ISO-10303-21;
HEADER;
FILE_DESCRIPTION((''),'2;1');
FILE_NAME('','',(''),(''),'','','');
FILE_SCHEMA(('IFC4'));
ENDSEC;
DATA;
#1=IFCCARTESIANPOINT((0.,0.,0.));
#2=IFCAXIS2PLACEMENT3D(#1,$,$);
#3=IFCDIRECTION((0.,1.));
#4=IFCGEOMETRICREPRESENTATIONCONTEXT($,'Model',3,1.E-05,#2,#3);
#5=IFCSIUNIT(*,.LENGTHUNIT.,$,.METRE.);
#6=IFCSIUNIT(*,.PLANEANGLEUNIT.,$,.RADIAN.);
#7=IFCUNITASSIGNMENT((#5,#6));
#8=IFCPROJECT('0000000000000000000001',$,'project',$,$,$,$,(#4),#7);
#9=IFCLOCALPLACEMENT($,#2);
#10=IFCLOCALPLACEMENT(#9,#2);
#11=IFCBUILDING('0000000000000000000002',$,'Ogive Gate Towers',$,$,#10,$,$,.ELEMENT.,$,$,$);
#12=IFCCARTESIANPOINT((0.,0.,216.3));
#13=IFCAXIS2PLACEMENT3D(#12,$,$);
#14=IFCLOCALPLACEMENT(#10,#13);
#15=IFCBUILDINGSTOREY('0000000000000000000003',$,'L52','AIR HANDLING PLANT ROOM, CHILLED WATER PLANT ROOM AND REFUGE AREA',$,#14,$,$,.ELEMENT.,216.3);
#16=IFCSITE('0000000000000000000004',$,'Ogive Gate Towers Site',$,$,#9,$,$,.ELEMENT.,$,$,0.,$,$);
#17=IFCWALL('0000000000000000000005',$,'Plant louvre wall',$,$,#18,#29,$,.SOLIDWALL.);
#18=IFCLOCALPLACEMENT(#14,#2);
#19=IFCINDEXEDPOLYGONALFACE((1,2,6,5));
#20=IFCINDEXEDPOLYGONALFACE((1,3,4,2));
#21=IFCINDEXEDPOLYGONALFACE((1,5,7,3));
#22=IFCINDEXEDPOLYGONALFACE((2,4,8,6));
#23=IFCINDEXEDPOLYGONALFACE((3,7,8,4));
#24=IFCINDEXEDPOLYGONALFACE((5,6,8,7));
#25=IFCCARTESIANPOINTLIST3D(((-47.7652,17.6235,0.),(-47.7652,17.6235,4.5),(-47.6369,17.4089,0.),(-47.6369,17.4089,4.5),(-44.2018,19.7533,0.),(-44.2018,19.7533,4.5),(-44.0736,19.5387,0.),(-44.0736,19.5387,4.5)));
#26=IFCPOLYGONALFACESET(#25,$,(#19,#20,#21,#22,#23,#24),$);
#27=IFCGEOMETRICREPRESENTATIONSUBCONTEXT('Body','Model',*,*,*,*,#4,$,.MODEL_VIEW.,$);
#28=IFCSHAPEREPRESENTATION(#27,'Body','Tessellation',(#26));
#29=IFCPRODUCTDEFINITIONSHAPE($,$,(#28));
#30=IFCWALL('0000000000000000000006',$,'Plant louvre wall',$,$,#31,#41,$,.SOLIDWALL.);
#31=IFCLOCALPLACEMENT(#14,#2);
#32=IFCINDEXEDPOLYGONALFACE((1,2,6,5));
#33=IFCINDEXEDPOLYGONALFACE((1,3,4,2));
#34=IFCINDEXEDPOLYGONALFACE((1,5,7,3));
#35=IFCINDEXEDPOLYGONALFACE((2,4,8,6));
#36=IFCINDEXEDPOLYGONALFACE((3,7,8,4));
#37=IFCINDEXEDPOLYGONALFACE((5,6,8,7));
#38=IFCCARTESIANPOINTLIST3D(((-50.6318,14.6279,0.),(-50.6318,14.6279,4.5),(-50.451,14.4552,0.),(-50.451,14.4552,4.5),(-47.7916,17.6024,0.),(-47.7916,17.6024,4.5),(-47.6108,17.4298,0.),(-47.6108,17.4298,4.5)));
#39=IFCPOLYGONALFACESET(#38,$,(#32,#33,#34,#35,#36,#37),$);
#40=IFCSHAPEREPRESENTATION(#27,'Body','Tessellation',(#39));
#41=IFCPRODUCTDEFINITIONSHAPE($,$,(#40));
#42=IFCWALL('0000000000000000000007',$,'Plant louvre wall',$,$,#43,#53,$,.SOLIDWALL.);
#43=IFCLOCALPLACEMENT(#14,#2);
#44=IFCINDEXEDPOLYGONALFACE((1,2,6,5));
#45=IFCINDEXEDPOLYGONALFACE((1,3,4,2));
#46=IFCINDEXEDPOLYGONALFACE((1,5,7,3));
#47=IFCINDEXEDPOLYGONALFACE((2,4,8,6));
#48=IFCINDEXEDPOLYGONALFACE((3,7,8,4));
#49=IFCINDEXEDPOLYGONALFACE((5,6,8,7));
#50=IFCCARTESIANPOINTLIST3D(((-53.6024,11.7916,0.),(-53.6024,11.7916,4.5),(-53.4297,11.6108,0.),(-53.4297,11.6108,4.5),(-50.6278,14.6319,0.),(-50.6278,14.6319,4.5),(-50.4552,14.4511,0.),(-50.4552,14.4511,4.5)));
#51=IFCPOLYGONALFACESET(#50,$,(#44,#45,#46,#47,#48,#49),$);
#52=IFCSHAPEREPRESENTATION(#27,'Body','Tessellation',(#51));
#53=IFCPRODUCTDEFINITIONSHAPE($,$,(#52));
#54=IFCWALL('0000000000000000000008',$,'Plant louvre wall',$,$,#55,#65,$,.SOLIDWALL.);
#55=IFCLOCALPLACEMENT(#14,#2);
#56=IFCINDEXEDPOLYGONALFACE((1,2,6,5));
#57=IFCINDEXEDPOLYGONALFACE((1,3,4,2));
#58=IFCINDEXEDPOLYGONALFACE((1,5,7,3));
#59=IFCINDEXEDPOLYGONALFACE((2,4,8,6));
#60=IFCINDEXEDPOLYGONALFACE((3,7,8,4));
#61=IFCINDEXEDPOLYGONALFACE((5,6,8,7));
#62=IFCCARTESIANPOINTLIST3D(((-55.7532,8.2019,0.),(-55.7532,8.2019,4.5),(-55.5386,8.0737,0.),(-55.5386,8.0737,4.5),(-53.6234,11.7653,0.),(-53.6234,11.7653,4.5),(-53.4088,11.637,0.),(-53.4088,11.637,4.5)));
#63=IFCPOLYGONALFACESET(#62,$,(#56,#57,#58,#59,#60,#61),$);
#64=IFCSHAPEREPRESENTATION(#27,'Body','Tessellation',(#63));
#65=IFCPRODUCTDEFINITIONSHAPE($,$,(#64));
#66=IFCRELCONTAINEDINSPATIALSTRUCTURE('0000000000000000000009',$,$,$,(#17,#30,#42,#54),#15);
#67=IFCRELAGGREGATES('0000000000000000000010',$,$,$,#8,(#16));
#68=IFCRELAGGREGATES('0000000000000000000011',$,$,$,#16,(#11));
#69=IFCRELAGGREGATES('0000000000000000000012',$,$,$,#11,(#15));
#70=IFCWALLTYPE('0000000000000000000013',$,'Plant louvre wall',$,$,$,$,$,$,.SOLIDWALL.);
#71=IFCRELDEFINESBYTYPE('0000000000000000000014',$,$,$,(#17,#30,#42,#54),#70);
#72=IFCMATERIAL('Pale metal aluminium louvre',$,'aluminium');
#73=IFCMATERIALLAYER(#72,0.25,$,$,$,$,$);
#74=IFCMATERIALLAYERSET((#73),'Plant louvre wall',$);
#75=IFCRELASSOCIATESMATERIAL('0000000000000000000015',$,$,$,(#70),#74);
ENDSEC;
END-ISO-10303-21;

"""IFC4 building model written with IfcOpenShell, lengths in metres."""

from ifc_helpers import new_model, si_unit, direction, frame, frame_2d, origin, place, context, subcontext, project, spatial, rectangle, extrude, material, layer, layer_set, type_object, element, save


model = new_model("IFC4")

# Units and contexts
model_context = context("Model", 3, precision=1e-05, world=origin(), true_north=direction((0.0, 1.0)))
body_context = subcontext(model_context, "Body", "Model", "MODEL_VIEW")
ifc_project = project(units=[si_unit("LENGTHUNIT", "METRE"), si_unit("PLANEANGLEUNIT", "RADIAN")], contexts=[model_context])

# Site, building, storey
site_placement = place(None, origin())
site = spatial("IfcSite", under=ifc_project, at=site_placement, Name="Ogive Gate Towers Site", CompositionType="ELEMENT", RefElevation=0.0)
building_placement = place(site_placement, origin())
building = spatial("IfcBuilding", under=site, at=building_placement, Name="Ogive Gate Towers", CompositionType="ELEMENT")
storey_placement = place(building_placement, frame((0.0, 0.0, 216.3)))
storey = spatial("IfcBuildingStorey", under=building, at=storey_placement, Name="L52", Description="AIR HANDLING PLANT ROOM, CHILLED WATER PLANT ROOM AND REFUGE AREA", CompositionType="ELEMENT", Elevation=216.3)

# Walls
ifc_material_1 = material(Name="Pale metal aluminium louvre", Category="aluminium")
ifc_layer_1 = layer(ifc_material_1, 0.25)
ifc_layer_set_1 = layer_set([ifc_layer_1], Name="Plant louvre wall")
wall_type_1 = type_object("IfcWallType", Name="Plant louvre wall", PredefinedType="SOLIDWALL", material=ifc_layer_set_1)
wall_1_placement = place(storey_placement, frame((-44.1377, 19.646, 0.0), z_axis=(0.0, 0.0, 1.0), x_axis=(-0.858363, -0.513042, 0.0)))
element("IfcWall", 1, at=wall_1_placement, inside=storey, type_object=wall_type_1, Name="Plant louvre wall", PredefinedType="SOLIDWALL", context=body_context, shape_type="SweptSolid", body=[
    extrude(rectangle(XDim=4.1514, YDim=0.25, at=frame_2d((2.0757, 0.0))), origin(), (0.0, 0.0, 1.0), 4.5),
])
for number, where, z_axis, x_axis, name in (
    (2, (-47.7012, 17.5161, 0.0), (0.0, 0.0, 1.0), (-0.690594, -0.723242, 0.0), "Plant louvre wall"),
    (3, (-50.5415, 14.5415, 0.0), (0.0, 0.0, 1.0), (-0.723242, -0.690594, 0.0), "Plant louvre wall"),
):
    element("IfcWall", number, at=place(storey_placement, frame(where, z_axis=z_axis, x_axis=x_axis)), inside=storey, type_object=wall_type_1, Name=name, PredefinedType="SOLIDWALL", context=body_context, shape_type="SweptSolid", body=[
        extrude(rectangle(XDim=4.1128, YDim=0.25, at=frame_2d((2.0564, 0.0))), origin(), (0.0, 0.0, 1.0), 4.5),
    ])
wall_2_placement = place(storey_placement, frame((-53.5161, 11.7012, 0.0), z_axis=(0.0, 0.0, 1.0), x_axis=(-0.513042, -0.858363, 0.0)))
element("IfcWall", 4, at=wall_2_placement, inside=storey, type_object=wall_type_1, Name="Plant louvre wall", PredefinedType="SOLIDWALL", context=body_context, shape_type="SweptSolid", body=[
    extrude(rectangle(XDim=4.1514, YDim=0.25, at=frame_2d((2.0757, 0.0))), origin(), (0.0, 0.0, 1.0), 4.5),
])

save(model, "model.ifc")
